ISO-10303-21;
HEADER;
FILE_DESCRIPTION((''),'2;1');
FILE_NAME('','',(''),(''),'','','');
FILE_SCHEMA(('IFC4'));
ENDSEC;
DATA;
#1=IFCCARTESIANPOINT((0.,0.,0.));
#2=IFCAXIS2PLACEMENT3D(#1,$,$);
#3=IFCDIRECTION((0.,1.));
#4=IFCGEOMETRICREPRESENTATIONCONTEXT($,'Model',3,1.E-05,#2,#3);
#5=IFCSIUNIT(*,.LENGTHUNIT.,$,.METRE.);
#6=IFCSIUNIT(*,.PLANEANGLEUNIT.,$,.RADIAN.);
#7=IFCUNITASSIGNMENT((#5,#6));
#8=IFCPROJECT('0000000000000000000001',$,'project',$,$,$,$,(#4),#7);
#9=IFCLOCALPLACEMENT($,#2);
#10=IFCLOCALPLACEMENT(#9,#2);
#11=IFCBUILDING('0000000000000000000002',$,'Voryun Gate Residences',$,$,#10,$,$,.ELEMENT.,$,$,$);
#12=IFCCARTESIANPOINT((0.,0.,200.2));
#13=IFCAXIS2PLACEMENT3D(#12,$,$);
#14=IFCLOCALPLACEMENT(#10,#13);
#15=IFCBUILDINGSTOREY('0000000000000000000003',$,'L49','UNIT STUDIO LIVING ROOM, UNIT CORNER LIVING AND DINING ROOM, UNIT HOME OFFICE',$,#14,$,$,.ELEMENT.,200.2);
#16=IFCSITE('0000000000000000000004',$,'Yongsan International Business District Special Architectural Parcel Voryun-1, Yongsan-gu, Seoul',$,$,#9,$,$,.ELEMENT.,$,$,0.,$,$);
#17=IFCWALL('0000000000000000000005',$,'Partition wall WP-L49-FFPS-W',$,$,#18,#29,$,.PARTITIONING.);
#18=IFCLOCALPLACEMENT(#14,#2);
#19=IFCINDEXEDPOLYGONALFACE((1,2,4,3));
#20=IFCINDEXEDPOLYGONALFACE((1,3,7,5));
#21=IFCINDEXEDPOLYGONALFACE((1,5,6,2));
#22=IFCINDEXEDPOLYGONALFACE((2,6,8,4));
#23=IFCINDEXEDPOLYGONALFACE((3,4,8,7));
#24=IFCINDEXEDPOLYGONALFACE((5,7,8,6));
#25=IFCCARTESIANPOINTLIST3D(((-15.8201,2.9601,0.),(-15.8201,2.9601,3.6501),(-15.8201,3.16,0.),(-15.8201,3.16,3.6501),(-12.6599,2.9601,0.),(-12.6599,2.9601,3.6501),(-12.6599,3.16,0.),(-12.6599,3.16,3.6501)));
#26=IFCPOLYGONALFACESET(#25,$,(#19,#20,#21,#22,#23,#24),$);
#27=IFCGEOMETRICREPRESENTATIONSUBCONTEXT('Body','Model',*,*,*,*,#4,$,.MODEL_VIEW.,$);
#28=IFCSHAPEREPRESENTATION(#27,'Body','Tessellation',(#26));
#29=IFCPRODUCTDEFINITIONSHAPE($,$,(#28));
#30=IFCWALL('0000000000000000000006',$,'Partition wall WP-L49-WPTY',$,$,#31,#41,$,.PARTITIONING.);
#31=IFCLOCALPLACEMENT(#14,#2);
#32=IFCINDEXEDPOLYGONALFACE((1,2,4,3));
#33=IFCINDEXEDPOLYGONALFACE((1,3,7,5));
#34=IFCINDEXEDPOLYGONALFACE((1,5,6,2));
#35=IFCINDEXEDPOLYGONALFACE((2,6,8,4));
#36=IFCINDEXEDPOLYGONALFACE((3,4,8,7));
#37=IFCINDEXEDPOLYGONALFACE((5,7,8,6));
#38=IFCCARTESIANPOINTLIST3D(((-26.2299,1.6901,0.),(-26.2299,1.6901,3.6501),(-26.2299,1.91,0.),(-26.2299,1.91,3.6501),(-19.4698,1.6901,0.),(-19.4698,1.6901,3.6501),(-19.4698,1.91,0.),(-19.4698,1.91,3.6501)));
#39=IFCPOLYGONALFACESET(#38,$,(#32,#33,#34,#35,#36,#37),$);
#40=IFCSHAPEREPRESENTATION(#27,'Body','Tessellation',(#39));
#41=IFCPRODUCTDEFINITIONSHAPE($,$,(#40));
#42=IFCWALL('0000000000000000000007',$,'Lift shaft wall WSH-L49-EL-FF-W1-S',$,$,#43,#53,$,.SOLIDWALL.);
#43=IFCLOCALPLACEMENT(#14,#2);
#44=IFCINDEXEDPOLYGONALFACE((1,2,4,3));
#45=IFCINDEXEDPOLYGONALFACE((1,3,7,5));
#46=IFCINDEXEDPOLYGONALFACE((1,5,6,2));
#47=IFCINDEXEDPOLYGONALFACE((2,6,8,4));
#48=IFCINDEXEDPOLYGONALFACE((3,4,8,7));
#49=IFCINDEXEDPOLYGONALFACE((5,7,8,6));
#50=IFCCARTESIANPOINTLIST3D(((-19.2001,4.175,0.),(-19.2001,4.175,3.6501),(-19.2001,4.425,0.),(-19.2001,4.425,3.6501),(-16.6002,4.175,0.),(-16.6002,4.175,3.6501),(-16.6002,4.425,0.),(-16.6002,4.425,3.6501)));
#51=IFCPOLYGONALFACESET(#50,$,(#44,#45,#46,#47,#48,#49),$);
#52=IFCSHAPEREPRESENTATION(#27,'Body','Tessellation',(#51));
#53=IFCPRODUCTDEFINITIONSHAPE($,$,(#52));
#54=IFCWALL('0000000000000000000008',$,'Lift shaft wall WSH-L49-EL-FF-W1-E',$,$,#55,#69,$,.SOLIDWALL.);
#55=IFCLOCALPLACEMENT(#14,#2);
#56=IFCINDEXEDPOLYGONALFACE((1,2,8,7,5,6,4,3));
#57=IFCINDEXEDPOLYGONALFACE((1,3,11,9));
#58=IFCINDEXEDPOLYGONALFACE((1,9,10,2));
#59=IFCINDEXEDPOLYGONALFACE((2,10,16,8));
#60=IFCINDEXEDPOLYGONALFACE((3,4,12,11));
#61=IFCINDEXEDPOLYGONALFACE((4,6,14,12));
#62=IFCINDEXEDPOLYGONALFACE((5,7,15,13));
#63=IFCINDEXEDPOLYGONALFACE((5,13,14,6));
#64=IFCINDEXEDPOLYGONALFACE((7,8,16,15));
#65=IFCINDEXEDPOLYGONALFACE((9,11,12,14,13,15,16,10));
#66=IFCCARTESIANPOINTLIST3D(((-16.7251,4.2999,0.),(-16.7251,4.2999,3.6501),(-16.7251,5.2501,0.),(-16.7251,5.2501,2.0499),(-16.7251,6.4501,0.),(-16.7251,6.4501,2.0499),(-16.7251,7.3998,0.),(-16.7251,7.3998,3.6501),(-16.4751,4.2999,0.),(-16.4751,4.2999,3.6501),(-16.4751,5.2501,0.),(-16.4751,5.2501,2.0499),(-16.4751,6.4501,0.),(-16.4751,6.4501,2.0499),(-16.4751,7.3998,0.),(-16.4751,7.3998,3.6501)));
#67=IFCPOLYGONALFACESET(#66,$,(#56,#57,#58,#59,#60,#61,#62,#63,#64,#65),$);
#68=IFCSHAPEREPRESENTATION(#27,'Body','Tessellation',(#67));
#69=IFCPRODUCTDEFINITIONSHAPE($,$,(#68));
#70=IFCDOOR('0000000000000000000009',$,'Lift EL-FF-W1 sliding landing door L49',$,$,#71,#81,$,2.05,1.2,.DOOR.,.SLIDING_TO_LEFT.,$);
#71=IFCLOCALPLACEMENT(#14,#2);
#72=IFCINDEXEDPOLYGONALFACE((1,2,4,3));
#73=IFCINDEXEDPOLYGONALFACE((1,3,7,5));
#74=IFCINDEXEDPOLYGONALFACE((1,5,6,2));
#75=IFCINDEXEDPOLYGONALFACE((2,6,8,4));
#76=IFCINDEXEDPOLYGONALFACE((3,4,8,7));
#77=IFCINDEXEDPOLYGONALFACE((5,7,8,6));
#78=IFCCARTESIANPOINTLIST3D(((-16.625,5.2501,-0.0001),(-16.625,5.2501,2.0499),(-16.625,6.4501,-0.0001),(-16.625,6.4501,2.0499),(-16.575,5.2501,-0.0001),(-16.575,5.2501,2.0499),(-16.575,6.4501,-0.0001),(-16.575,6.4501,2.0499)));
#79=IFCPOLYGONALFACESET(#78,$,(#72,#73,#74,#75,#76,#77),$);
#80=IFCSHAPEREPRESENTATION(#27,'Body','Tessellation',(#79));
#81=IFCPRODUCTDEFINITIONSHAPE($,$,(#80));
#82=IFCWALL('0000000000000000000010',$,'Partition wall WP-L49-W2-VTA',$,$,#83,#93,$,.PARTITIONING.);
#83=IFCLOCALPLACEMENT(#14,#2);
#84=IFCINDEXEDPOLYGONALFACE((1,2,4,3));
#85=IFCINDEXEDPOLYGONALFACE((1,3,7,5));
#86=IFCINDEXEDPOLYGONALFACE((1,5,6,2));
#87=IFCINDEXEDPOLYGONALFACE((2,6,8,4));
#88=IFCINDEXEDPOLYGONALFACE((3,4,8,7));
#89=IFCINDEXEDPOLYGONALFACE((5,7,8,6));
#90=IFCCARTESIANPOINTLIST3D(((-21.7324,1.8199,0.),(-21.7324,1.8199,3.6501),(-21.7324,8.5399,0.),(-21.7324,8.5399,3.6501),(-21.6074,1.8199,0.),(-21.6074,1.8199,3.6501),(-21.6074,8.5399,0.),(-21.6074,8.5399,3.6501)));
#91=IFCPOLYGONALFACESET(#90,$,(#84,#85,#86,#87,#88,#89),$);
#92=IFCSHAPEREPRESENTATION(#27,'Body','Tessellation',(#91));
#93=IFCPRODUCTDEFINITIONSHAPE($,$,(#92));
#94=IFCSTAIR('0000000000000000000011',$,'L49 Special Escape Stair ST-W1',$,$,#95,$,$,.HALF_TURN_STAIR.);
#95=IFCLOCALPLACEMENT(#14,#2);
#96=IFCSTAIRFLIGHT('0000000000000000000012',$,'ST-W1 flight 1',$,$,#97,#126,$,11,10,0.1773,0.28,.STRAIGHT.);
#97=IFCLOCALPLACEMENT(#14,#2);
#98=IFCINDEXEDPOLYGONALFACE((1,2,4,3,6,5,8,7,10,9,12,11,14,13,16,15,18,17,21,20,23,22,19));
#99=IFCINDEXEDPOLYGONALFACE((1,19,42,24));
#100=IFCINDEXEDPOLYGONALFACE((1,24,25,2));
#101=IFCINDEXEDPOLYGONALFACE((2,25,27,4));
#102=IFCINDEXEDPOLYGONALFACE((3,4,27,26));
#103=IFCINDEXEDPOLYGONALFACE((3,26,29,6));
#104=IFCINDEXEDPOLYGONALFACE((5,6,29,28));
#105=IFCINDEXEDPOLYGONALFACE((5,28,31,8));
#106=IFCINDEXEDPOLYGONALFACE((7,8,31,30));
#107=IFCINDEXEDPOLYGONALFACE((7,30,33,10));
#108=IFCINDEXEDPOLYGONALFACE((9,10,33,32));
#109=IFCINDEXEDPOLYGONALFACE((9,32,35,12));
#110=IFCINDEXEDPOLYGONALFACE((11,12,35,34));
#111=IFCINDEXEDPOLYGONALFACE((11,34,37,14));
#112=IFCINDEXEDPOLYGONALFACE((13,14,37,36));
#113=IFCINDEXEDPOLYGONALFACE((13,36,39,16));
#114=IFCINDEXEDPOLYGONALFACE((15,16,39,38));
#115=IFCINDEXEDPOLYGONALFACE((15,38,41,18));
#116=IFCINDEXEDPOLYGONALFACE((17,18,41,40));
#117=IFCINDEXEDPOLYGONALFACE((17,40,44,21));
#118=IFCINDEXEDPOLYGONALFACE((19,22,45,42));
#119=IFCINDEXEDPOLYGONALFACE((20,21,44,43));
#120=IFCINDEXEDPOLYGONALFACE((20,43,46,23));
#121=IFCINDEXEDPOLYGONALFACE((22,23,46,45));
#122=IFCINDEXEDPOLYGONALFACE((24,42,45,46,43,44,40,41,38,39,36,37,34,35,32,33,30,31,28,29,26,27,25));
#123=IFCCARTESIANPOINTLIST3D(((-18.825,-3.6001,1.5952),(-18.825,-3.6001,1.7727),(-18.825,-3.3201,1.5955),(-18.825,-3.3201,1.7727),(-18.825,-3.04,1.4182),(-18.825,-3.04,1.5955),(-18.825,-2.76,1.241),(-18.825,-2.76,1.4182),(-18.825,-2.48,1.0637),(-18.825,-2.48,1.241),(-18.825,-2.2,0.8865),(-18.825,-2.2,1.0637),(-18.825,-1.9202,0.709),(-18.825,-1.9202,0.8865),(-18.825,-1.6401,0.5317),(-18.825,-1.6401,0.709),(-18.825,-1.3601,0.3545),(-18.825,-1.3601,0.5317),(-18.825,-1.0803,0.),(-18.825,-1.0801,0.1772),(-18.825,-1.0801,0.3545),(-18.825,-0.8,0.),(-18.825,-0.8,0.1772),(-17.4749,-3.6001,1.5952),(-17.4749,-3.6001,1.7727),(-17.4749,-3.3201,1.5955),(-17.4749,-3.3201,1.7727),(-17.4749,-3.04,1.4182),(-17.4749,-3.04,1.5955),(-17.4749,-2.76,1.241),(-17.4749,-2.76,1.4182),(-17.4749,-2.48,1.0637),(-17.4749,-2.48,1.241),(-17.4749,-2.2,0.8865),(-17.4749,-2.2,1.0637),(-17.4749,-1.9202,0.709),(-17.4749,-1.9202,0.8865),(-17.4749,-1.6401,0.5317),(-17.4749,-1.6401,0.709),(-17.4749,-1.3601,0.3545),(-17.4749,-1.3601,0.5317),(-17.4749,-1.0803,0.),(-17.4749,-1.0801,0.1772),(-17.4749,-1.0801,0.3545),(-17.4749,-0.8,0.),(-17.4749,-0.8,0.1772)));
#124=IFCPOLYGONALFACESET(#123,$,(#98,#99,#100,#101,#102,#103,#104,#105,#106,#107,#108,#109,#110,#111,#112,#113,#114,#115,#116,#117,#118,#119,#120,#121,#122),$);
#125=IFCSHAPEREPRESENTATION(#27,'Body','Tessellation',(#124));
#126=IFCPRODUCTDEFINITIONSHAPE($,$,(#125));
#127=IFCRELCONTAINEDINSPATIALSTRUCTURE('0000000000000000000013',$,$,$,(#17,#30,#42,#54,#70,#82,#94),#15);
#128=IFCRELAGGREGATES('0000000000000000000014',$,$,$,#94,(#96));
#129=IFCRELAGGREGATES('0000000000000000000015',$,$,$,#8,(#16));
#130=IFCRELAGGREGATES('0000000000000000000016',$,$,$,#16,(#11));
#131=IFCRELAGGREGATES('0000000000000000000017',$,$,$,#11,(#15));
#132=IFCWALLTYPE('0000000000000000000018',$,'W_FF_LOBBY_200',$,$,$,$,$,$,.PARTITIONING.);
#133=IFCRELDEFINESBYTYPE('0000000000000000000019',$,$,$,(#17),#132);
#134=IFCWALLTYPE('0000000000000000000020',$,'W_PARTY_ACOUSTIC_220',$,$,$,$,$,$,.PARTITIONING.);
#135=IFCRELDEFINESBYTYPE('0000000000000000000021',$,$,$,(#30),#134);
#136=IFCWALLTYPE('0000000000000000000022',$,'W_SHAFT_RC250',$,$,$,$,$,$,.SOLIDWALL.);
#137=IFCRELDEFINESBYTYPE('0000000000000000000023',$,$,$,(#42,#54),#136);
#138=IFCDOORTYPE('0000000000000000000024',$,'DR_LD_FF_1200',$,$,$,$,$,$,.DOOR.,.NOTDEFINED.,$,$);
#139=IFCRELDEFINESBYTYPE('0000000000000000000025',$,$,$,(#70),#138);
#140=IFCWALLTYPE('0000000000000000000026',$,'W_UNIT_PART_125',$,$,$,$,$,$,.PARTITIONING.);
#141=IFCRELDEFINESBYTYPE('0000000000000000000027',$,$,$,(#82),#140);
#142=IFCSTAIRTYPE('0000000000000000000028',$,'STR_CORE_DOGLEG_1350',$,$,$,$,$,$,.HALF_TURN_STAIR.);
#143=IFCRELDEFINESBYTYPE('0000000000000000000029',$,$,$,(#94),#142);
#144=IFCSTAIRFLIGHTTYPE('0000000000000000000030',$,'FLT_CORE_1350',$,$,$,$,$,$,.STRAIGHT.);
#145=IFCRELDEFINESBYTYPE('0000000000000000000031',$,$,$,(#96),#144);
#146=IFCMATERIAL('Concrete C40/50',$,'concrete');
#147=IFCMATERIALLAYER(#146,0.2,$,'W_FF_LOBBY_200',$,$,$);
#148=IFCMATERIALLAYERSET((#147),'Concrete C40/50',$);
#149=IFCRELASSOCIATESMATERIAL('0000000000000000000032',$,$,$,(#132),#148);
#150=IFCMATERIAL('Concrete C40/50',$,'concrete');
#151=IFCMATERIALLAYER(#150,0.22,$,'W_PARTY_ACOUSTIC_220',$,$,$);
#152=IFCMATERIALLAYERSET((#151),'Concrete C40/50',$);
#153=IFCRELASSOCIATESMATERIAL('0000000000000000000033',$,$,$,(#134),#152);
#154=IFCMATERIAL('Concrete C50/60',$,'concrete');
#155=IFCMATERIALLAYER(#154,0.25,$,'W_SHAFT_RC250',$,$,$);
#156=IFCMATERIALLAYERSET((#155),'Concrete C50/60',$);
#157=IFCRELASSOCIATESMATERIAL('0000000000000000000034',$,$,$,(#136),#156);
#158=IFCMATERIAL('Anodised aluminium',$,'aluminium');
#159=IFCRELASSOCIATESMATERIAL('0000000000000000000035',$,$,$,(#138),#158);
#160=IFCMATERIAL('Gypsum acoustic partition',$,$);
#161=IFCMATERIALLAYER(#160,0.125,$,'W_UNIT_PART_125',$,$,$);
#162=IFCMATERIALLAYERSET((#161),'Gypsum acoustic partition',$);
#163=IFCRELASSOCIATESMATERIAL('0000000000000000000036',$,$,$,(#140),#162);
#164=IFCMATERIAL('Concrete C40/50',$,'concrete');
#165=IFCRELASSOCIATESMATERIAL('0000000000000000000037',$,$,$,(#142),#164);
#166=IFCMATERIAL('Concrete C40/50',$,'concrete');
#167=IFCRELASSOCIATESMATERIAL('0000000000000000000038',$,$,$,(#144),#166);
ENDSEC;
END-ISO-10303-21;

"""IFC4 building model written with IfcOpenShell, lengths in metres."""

from ifc_helpers import new_model, si_unit, direction, frame, frame_2d, origin, place, context, subcontext, project, spatial, polyline, rectangle, outline, extrude, material, layer, layer_set, type_object, element, fill, aggregate, save


model = new_model("IFC4")

# Units and contexts
model_context = context("Model", 3, precision=1e-05, world=origin(), true_north=direction((0.0, 1.0)))
body_context = subcontext(model_context, "Body", "Model", "MODEL_VIEW")
ifc_project = project(units=[si_unit("LENGTHUNIT", "METRE"), si_unit("PLANEANGLEUNIT", "RADIAN")], contexts=[model_context])

# Site, building, storey
site_placement = place(None, origin())
site = spatial("IfcSite", under=ifc_project, at=site_placement, Name="Yongsan International Business District Special Architectural Parcel Voryun-1, Yongsan-gu, Seoul", CompositionType="ELEMENT", RefElevation=0.0)
building_placement = place(site_placement, origin())
building = spatial("IfcBuilding", under=site, at=building_placement, Name="Voryun Gate Residences", CompositionType="ELEMENT")
storey_placement = place(building_placement, frame((0.0, 0.0, 200.2)))
storey = spatial("IfcBuildingStorey", under=building, at=storey_placement, Name="L49", Description="UNIT STUDIO LIVING ROOM, UNIT CORNER LIVING AND DINING ROOM, UNIT HOME OFFICE", CompositionType="ELEMENT", Elevation=200.2)

# Walls
ifc_material_1 = material(Name="Concrete C40/50", Category="concrete")
ifc_layer_1 = layer(ifc_material_1, 0.2, Name="W_FF_LOBBY_200")
ifc_layer_set_1 = layer_set([ifc_layer_1], Name="Concrete C40/50")
wall_type_1 = type_object("IfcWallType", Name="W_FF_LOBBY_200", PredefinedType="PARTITIONING", material=ifc_layer_set_1)
wall_1_placement = place(storey_placement, frame((-15.8201, 3.0601, 0.0), z_axis=(0.0, 0.0, 1.0), x_axis=(1.0, 0.0, 0.0)))
element("IfcWall", 1, at=wall_1_placement, inside=storey, type_object=wall_type_1, Name="Partition wall WP-L49-FFPS-W", PredefinedType="PARTITIONING", context=body_context, shape_type="SweptSolid", body=[
    extrude(rectangle(XDim=3.1602, YDim=0.2, at=frame_2d((1.5801, 0.0))), origin(), (0.0, 0.0, 1.0), 3.6501),
])
ifc_material_2 = material(Name="Concrete C40/50", Category="concrete")
ifc_layer_2 = layer(ifc_material_2, 0.22, Name="W_PARTY_ACOUSTIC_220")
ifc_layer_set_2 = layer_set([ifc_layer_2], Name="Concrete C40/50")
wall_type_2 = type_object("IfcWallType", Name="W_PARTY_ACOUSTIC_220", PredefinedType="PARTITIONING", material=ifc_layer_set_2)
wall_2_placement = place(storey_placement, frame((-19.47, 1.8, 0.0), z_axis=(0.0, 0.0, 1.0), x_axis=(-1.0, 0.0, 0.0)))
element("IfcWall", 2, at=wall_2_placement, inside=storey, type_object=wall_type_2, Name="Partition wall WP-L49-WPTY", PredefinedType="PARTITIONING", context=body_context, shape_type="SweptSolid", body=[
    extrude(rectangle(XDim=6.76, YDim=0.22, at=frame_2d((3.3799, 0.0))), origin(), (0.0, 0.0, 1.0), 3.6501),
])
ifc_material_3 = material(Name="Concrete C50/60", Category="concrete")
ifc_layer_3 = layer(ifc_material_3, 0.25, Name="W_SHAFT_RC250")
ifc_layer_set_3 = layer_set([ifc_layer_3], Name="Concrete C50/60")
wall_type_3 = type_object("IfcWallType", Name="W_SHAFT_RC250", PredefinedType="SOLIDWALL", material=ifc_layer_set_3)
wall_3_placement = place(storey_placement, frame((-19.2, 4.3, 0.0), z_axis=(0.0, 0.0, 1.0), x_axis=(1.0, 0.0, 0.0)))
element("IfcWall", 3, at=wall_3_placement, inside=storey, type_object=wall_type_3, Name="Lift shaft wall WSH-L49-EL-FF-W1-S", PredefinedType="SOLIDWALL", context=body_context, shape_type="SweptSolid", body=[
    extrude(rectangle(XDim=2.5999, YDim=0.25, at=frame_2d((1.2998, 0.0))), origin(), (0.0, 0.0, 1.0), 3.6501),
])

# Wall, opening, door
wall_4_placement = place(storey_placement, frame((-16.6001, 4.3, 0.0), z_axis=(0.0, 0.0, 1.0), x_axis=(0.0, 1.0, 0.0)))
wall_4 = element("IfcWall", 4, at=wall_4_placement, inside=storey, type_object=wall_type_3, Name="Lift shaft wall WSH-L49-EL-FF-W1-E", PredefinedType="SOLIDWALL", context=body_context, shape_type="SweptSolid", body=[
    extrude(rectangle(XDim=3.0999, YDim=0.25, at=frame_2d((1.5498, 0.0))), origin(), (0.0, 0.0, 1.0), 3.6501),
])
opening_1_placement = place(wall_4_placement, frame((0.95, 0.0, 0.0)))
opening_1 = element("IfcOpeningElement", 5, at=opening_1_placement, cuts=wall_4, PredefinedType="OPENING", context=body_context, shape_type="SweptSolid", body=[
    extrude(rectangle(XDim=1.2, YDim=2.05, at=frame_2d((0.6001, 1.0249))), frame((0.0, 0.135, 0.0), z_axis=(0.0, -1.0, 0.0), x_axis=(1.0, 0.0, 0.0)), (0.0, 0.0, 1.0), 0.27),
])
ifc_material_4 = material(Name="Anodised aluminium", Category="aluminium")
door_type_1 = type_object("IfcDoorType", Name="DR_LD_FF_1200", OperationType="NOTDEFINED", PredefinedType="DOOR", material=ifc_material_4)
door_1_placement = place(opening_1_placement, origin())
door_1 = element("IfcDoor", 6, at=door_1_placement, inside=storey, type_object=door_type_1, Name="Lift EL-FF-W1 sliding landing door L49", OperationType="SLIDING_TO_LEFT", OverallHeight=2.05, OverallWidth=1.2, PredefinedType="DOOR", context=body_context, shape_type="SweptSolid", body=[
    extrude(rectangle(XDim=1.2, YDim=2.05, at=frame_2d((0.6001, 1.0249))), frame((0.0, 0.0249, 0.0), z_axis=(0.0, -1.0, 0.0), x_axis=(1.0, 0.0, 0.0)), (0.0, 0.0, 1.0), 0.05),
])
fill(opening_1, door_1)

# Wall
ifc_material_5 = material(Name="Gypsum acoustic partition")
ifc_layer_4 = layer(ifc_material_5, 0.125, Name="W_UNIT_PART_125")
ifc_layer_set_4 = layer_set([ifc_layer_4], Name="Gypsum acoustic partition")
wall_type_4 = type_object("IfcWallType", Name="W_UNIT_PART_125", PredefinedType="PARTITIONING", material=ifc_layer_set_4)
wall_5_placement = place(storey_placement, frame((-21.6699, 1.8201, 0.0), z_axis=(0.0, 0.0, 1.0), x_axis=(0.0, 1.0, 0.0)))
element("IfcWall", 7, at=wall_5_placement, inside=storey, type_object=wall_type_4, Name="Partition wall WP-L49-W2-VTA", PredefinedType="PARTITIONING", context=body_context, shape_type="SweptSolid", body=[
    extrude(rectangle(XDim=6.72, YDim=0.125, at=frame_2d((3.3599, 0.0))), origin(), (0.0, 0.0, 1.0), 3.6501),
])

# Stair, stair flight
ifc_material_6 = material(Name="Concrete C40/50", Category="concrete")
stair_type = type_object("IfcStairType", Name="STR_CORE_DOGLEG_1350", PredefinedType="HALF_TURN_STAIR", material=ifc_material_6)
stair_placement = place(storey_placement, origin())
stair = element("IfcStair", 8, at=stair_placement, inside=storey, type_object=stair_type, Name="L49 Special Escape Stair ST-W1", PredefinedType="HALF_TURN_STAIR")
ifc_material_7 = material(Name="Concrete C40/50", Category="concrete")
stair_flight_type = type_object("IfcStairFlightType", Name="FLT_CORE_1350", PredefinedType="STRAIGHT", material=ifc_material_7)
stair_flight_placement = place(storey_placement, frame((-18.1499, -0.8, 0.0), z_axis=(0.0, 0.0, 1.0), x_axis=(0.0, -1.0, 0.0)))
stair_flight = element("IfcStairFlight", 9, at=stair_flight_placement, type_object=stair_flight_type, Name="ST-W1 flight 1", NumberOfRisers=11, NumberOfTreads=10, PredefinedType="STRAIGHT", RiserHeight=0.1773, TreadLength=0.28, context=body_context, shape_type="SweptSolid", body=[
    extrude(outline(polyline([(0.0, 0.0), (0.0, 0.1772), (0.28, 0.1772), (0.28, 0.3545), (0.5601, 0.3545), (0.5601, 0.5317), (0.8401, 0.5317), (0.8401, 0.709), (1.1201, 0.709), (1.1201, 0.8865), (1.3999, 0.8865), (1.3999, 1.0637), (1.6799, 1.0637), (1.6799, 1.241), (1.96, 1.241), (1.96, 1.4182), (2.24, 1.4182), (2.24, 1.5955), (2.52, 1.5955), (2.52, 1.7727), (2.8, 1.7727), (2.8, 1.95), (2.8, 1.5952), (0.2803, 0.0), (0.0, 0.0)])), frame((0.0, 0.675, 0.0), z_axis=(0.0, -1.0, 0.0), x_axis=(1.0, 0.0, 0.0)), (0.0, 0.0, 1.0), 1.3501),
])
aggregate(stair, [stair_flight])

save(model, "model.ifc")
